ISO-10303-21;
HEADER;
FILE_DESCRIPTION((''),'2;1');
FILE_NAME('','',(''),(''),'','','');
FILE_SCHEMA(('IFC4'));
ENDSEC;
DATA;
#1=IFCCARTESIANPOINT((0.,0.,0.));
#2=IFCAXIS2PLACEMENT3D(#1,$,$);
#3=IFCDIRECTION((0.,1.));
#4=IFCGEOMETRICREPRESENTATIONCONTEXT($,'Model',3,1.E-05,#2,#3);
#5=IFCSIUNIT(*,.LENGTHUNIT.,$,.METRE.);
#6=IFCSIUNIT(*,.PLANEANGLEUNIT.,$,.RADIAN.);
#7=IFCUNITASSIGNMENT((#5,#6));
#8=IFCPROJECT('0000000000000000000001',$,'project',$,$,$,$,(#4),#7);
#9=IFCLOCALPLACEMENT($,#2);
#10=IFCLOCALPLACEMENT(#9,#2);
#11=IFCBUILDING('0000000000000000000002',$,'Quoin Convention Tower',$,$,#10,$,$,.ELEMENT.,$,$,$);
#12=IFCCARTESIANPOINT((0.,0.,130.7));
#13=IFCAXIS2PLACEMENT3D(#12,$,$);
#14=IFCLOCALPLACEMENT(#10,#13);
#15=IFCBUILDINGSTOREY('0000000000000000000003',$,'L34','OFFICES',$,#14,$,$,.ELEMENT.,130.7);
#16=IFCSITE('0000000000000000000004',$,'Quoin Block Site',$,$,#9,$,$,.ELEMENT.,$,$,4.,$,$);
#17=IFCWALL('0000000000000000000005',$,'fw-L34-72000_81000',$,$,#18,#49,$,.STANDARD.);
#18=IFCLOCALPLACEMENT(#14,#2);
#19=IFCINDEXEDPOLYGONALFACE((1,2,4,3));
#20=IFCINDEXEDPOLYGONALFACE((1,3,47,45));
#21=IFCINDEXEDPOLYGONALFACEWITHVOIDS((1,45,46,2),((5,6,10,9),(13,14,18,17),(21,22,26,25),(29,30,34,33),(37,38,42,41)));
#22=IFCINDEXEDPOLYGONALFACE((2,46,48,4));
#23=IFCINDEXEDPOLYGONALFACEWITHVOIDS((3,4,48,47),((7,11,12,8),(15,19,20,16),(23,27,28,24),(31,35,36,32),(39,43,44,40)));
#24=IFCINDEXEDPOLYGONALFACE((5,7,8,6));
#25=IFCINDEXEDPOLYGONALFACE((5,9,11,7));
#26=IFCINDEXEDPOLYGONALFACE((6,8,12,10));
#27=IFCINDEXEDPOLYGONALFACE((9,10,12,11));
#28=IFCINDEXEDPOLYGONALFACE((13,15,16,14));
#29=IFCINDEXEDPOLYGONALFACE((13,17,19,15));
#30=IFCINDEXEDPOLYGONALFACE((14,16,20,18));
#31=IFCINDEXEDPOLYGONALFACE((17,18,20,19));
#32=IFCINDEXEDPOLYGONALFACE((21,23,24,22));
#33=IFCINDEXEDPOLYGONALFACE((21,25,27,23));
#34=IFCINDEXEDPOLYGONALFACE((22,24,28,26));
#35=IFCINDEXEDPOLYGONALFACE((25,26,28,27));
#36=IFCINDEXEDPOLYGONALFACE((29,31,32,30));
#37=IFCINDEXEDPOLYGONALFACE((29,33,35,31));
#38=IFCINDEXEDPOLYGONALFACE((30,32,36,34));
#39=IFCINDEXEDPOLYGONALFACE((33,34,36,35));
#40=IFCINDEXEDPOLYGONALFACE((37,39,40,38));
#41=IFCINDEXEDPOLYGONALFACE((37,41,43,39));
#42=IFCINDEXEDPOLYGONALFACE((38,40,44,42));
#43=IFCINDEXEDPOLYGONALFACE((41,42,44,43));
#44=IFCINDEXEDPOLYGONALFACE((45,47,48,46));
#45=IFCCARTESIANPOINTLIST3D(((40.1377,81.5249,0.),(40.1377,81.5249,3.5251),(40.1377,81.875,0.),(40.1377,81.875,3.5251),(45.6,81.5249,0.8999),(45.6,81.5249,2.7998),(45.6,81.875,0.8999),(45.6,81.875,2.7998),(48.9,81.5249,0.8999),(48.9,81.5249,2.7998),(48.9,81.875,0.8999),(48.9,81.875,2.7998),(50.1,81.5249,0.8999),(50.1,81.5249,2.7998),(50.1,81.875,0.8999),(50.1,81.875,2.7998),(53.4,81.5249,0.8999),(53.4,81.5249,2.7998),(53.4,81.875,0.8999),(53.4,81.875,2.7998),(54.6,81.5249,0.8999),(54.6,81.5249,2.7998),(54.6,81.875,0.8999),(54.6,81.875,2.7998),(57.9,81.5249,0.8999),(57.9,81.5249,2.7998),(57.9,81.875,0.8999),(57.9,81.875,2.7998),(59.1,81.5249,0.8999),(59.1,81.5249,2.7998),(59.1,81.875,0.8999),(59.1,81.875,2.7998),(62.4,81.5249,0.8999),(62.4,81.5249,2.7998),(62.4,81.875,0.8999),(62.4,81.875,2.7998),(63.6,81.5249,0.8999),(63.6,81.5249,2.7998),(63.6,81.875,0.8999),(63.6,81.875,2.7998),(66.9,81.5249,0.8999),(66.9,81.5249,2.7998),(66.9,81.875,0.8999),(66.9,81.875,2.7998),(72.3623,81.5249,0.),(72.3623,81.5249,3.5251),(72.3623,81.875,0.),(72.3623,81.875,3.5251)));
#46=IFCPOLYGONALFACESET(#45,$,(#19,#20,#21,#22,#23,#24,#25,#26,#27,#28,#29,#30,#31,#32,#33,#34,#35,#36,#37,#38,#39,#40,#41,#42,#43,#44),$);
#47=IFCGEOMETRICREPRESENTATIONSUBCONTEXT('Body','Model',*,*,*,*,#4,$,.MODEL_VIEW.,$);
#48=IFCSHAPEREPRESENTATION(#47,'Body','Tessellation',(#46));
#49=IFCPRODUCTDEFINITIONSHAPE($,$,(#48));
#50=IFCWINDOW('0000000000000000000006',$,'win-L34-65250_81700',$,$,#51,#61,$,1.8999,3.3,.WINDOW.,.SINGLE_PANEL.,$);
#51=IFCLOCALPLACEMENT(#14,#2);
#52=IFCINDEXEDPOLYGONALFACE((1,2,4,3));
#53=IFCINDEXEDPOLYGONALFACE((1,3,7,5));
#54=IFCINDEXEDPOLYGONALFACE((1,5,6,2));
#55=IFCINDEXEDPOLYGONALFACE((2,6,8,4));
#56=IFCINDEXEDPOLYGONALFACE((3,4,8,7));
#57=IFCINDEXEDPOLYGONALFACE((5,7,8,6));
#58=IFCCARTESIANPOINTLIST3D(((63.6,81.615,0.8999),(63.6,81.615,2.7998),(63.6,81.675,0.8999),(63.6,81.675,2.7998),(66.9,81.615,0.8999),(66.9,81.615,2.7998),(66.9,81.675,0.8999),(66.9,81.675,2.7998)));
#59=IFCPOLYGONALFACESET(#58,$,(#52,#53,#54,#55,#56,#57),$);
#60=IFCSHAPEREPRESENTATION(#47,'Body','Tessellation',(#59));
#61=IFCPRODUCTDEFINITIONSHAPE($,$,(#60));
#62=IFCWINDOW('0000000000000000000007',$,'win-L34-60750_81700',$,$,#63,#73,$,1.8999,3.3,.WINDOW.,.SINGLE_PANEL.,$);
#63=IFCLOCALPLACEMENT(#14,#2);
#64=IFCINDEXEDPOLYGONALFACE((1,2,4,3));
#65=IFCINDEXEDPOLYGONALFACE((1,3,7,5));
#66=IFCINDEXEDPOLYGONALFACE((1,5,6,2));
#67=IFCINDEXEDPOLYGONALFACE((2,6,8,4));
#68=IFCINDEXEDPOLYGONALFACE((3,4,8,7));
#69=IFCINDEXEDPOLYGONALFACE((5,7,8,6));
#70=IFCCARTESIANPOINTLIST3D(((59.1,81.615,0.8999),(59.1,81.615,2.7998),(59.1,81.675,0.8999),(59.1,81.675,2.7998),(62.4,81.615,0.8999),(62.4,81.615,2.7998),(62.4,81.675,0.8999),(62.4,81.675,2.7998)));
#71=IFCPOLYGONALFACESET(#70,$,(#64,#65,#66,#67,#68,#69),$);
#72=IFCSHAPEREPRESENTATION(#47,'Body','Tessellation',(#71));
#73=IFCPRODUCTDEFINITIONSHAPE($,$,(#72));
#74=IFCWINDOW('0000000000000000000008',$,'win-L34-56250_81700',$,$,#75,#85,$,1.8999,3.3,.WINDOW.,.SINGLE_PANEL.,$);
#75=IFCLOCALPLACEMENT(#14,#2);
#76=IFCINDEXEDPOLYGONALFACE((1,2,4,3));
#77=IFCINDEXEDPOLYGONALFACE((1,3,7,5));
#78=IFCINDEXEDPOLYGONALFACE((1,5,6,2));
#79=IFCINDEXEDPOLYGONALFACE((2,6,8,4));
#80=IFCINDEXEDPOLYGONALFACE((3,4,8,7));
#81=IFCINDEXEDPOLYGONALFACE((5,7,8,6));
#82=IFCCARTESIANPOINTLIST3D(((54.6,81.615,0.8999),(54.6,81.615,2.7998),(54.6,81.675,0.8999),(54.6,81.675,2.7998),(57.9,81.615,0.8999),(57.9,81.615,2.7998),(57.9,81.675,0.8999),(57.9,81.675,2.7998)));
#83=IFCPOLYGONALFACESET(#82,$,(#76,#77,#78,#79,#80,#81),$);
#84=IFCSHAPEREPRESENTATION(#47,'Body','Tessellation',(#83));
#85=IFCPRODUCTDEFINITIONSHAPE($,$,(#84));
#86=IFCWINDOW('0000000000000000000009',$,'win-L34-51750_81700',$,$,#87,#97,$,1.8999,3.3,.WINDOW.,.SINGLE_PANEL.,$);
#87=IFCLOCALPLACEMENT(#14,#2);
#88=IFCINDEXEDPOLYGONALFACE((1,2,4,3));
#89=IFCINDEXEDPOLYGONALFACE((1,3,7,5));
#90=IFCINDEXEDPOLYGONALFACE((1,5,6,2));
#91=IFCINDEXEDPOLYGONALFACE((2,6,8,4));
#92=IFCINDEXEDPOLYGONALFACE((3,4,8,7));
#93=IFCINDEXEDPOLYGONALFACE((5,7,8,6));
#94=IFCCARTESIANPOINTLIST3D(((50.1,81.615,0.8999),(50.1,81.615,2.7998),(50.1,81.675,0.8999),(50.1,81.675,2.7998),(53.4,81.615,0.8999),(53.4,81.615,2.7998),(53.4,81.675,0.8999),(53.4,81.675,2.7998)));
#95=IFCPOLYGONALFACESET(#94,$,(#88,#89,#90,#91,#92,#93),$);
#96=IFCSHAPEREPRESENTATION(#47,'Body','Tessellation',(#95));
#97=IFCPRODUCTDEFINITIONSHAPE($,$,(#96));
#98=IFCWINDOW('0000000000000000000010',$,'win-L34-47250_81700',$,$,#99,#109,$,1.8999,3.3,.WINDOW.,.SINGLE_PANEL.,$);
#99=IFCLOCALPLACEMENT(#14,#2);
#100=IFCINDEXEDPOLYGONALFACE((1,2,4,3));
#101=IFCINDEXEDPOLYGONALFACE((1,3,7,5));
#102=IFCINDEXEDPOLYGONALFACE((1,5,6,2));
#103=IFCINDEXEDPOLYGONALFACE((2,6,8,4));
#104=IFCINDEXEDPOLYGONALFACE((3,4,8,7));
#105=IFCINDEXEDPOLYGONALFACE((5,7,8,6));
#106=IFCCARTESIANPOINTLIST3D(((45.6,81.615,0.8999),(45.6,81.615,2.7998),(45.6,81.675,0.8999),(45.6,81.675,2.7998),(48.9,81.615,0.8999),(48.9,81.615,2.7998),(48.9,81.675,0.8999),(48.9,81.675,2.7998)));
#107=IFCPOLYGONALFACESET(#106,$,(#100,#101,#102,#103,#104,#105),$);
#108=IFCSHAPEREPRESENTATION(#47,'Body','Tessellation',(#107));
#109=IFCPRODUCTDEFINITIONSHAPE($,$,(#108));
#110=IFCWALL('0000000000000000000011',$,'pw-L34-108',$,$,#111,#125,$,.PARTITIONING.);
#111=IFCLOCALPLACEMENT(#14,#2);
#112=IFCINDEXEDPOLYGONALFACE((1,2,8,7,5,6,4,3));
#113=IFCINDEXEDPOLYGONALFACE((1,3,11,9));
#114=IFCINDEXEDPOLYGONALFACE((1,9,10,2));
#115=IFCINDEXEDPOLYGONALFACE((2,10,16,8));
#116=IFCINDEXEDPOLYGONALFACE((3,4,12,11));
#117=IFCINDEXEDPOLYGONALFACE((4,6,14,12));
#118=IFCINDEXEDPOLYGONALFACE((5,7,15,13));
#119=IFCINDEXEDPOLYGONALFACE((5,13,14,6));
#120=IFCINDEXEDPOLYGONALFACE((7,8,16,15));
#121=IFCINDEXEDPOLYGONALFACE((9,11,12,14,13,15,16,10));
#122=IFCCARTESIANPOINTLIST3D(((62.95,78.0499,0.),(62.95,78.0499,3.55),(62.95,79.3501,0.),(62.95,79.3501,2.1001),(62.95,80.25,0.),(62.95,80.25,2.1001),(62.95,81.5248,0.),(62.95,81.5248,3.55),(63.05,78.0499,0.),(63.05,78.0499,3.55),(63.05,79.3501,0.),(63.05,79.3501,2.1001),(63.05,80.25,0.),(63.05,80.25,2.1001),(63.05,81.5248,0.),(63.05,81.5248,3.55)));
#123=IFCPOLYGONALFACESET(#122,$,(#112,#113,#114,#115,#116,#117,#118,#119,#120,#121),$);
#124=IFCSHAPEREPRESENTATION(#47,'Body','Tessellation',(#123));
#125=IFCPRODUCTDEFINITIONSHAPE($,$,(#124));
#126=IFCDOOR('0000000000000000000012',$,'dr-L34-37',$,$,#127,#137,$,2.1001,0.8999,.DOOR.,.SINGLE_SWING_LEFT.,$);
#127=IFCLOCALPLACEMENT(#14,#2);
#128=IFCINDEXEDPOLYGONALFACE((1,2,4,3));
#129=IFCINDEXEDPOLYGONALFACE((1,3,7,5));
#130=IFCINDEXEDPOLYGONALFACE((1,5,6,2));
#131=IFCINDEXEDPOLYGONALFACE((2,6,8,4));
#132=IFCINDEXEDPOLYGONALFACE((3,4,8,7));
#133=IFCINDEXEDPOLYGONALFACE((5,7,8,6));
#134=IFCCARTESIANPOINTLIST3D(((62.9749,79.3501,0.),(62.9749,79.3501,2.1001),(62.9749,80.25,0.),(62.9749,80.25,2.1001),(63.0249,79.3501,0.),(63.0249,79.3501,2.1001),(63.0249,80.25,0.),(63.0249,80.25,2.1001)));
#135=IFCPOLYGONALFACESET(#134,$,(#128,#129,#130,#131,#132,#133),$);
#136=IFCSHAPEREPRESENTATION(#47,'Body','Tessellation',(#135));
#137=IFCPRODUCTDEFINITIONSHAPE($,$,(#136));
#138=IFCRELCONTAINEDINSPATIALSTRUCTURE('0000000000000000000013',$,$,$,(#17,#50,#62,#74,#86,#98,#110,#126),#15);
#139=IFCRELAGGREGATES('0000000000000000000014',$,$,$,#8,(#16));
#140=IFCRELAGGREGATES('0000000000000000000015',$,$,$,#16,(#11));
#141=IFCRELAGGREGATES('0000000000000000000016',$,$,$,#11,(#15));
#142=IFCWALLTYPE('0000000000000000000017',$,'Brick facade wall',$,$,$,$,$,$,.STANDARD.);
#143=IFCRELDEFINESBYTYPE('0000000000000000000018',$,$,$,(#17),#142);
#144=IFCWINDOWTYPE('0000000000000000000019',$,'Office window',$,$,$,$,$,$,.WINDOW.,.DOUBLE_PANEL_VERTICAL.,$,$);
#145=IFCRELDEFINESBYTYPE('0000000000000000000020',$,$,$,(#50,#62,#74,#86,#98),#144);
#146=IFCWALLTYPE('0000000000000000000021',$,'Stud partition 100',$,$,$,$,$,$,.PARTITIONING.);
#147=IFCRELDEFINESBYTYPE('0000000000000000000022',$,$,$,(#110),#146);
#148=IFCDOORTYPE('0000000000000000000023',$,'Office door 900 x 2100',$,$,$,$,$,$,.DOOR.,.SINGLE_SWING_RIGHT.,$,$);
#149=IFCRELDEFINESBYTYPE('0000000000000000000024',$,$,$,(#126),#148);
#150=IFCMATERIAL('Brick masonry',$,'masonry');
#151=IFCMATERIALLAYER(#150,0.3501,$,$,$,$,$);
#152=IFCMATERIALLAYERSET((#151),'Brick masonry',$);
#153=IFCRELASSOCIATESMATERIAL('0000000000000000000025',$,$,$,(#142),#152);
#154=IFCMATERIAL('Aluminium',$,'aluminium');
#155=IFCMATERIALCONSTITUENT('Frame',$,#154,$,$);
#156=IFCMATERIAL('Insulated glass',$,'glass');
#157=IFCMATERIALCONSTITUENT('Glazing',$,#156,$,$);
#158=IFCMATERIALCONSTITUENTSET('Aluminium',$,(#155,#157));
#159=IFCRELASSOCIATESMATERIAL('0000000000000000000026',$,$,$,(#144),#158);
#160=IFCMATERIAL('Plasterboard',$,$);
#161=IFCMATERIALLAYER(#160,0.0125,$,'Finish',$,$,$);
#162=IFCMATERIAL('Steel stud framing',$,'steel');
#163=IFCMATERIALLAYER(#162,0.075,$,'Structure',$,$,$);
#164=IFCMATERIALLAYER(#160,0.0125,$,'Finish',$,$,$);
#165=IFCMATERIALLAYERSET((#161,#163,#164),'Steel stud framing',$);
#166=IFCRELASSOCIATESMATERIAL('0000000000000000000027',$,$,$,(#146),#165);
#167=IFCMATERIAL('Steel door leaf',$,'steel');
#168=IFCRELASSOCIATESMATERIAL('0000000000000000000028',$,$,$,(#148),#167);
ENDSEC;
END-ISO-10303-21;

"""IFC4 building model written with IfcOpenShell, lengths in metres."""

from ifc_helpers import new_model, si_unit, direction, frame, frame_2d, origin, place, context, subcontext, project, spatial, rectangle, extrude, material, layer, layer_set, constituent, constituent_set, type_object, element, fill, save


model = new_model("IFC4")

# Units and contexts
model_context = context("Model", 3, precision=1e-05, world=origin(), true_north=direction((0.0, 1.0)))
body_context = subcontext(model_context, "Body", "Model", "MODEL_VIEW")
ifc_project = project(units=[si_unit("LENGTHUNIT", "METRE"), si_unit("PLANEANGLEUNIT", "RADIAN")], contexts=[model_context])

# Site, building, storey
site_placement = place(None, origin())
site = spatial("IfcSite", under=ifc_project, at=site_placement, Name="Quoin Block Site", CompositionType="ELEMENT", RefElevation=4.0)
building_placement = place(site_placement, origin())
building = spatial("IfcBuilding", under=site, at=building_placement, Name="Quoin Convention Tower", CompositionType="ELEMENT")
storey_placement = place(building_placement, frame((0.0, 0.0, 130.7)))
storey = spatial("IfcBuildingStorey", under=building, at=storey_placement, Name="L34", Description="OFFICES", CompositionType="ELEMENT", Elevation=130.7)

# Shared definitions
ifc_material_1 = material(Name="Brick masonry", Category="masonry")
ifc_layer_1 = layer(ifc_material_1, 0.3501)
ifc_layer_set_1 = layer_set([ifc_layer_1], Name="Brick masonry")
wall_type_1 = type_object("IfcWallType", Name="Brick facade wall", PredefinedType="STANDARD", material=ifc_layer_set_1)
ifc_material_2 = material(Name="Aluminium", Category="aluminium")
ifc_constituent_1 = constituent(ifc_material_2, Name="Frame")
ifc_material_3 = material(Name="Insulated glass", Category="glass")
ifc_constituent_2 = constituent(ifc_material_3, Name="Glazing")
ifc_constituent_set = constituent_set(constituents=[ifc_constituent_1, ifc_constituent_2], Name="Aluminium")
window_type = type_object("IfcWindowType", Name="Office window", PartitioningType="DOUBLE_PANEL_VERTICAL", PredefinedType="WINDOW", material=ifc_constituent_set)

# Wall, openings, windows
wall_1_placement = place(storey_placement, frame((72.3623, 81.7, 0.0), z_axis=(0.0, 0.0, 1.0), x_axis=(-1.0, 0.0, 0.0)))
wall_1 = element("IfcWall", 1, at=wall_1_placement, inside=storey, type_object=wall_type_1, Name="fw-L34-72000_81000", PredefinedType="STANDARD", context=body_context, shape_type="SweptSolid", body=[
    extrude(rectangle(XDim=32.2246, YDim=0.3501, at=frame_2d((16.1123, 0.0))), origin(), (0.0, 0.0, 1.0), 3.5251),
])
opening_1_placement = place(wall_1_placement, frame((5.4624, 0.0, 0.8999)))
opening_1 = element("IfcOpeningElement", 2, at=opening_1_placement, cuts=wall_1, PredefinedType="OPENING", context=body_context, shape_type="SweptSolid", body=[
    extrude(rectangle(XDim=3.3, YDim=1.8999, at=frame_2d((1.6499, 0.95))), frame((0.0, 0.1851, 0.0), z_axis=(0.0, -1.0, 0.0), x_axis=(1.0, 0.0, 0.0)), (0.0, 0.0, 1.0), 0.3701),
])
opening_2_placement = place(wall_1_placement, frame((9.9624, 0.0, 0.8999)))
opening_2 = element("IfcOpeningElement", 3, at=opening_2_placement, cuts=wall_1, PredefinedType="OPENING", context=body_context, shape_type="SweptSolid", body=[
    extrude(rectangle(XDim=3.3, YDim=1.8999, at=frame_2d((1.6499, 0.95))), frame((0.0, 0.1851, 0.0), z_axis=(0.0, -1.0, 0.0), x_axis=(1.0, 0.0, 0.0)), (0.0, 0.0, 1.0), 0.3701),
])
opening_3_placement = place(wall_1_placement, frame((14.4624, 0.0, 0.8999)))
opening_3 = element("IfcOpeningElement", 4, at=opening_3_placement, cuts=wall_1, PredefinedType="OPENING", context=body_context, shape_type="SweptSolid", body=[
    extrude(rectangle(XDim=3.3, YDim=1.8999, at=frame_2d((1.6499, 0.95))), frame((0.0, 0.1851, 0.0), z_axis=(0.0, -1.0, 0.0), x_axis=(1.0, 0.0, 0.0)), (0.0, 0.0, 1.0), 0.3701),
])
opening_4_placement = place(wall_1_placement, frame((18.9624, 0.0, 0.8999)))
opening_4 = element("IfcOpeningElement", 5, at=opening_4_placement, cuts=wall_1, PredefinedType="OPENING", context=body_context, shape_type="SweptSolid", body=[
    extrude(rectangle(XDim=3.3, YDim=1.8999, at=frame_2d((1.6499, 0.95))), frame((0.0, 0.1851, 0.0), z_axis=(0.0, -1.0, 0.0), x_axis=(1.0, 0.0, 0.0)), (0.0, 0.0, 1.0), 0.3701),
])
opening_5_placement = place(wall_1_placement, frame((23.4624, 0.0, 0.8999)))
opening_5 = element("IfcOpeningElement", 6, at=opening_5_placement, cuts=wall_1, PredefinedType="OPENING", context=body_context, shape_type="SweptSolid", body=[
    extrude(rectangle(XDim=3.3, YDim=1.8999, at=frame_2d((1.6499, 0.95))), frame((0.0, 0.1851, 0.0), z_axis=(0.0, -1.0, 0.0), x_axis=(1.0, 0.0, 0.0)), (0.0, 0.0, 1.0), 0.3701),
])
window_1_placement = place(opening_1_placement, origin())
window_1 = element("IfcWindow", 7, at=window_1_placement, inside=storey, type_object=window_type, Name="win-L34-65250_81700", OverallHeight=1.8999, OverallWidth=3.3, PartitioningType="SINGLE_PANEL", PredefinedType="WINDOW", context=body_context, shape_type="SweptSolid", body=[
    extrude(rectangle(XDim=3.3, YDim=1.8999, at=frame_2d((1.6499, 0.95))), frame((0.0, 0.085, 0.0), z_axis=(0.0, -1.0, 0.0), x_axis=(1.0, 0.0, 0.0)), (0.0, 0.0, 1.0), 0.0601),
])
fill(opening_1, window_1)
window_2_placement = place(opening_2_placement, origin())
window_2 = element("IfcWindow", 8, at=window_2_placement, inside=storey, type_object=window_type, Name="win-L34-60750_81700", OverallHeight=1.8999, OverallWidth=3.3, PartitioningType="SINGLE_PANEL", PredefinedType="WINDOW", context=body_context, shape_type="SweptSolid", body=[
    extrude(rectangle(XDim=3.3, YDim=1.8999, at=frame_2d((1.6499, 0.95))), frame((0.0, 0.085, 0.0), z_axis=(0.0, -1.0, 0.0), x_axis=(1.0, 0.0, 0.0)), (0.0, 0.0, 1.0), 0.0601),
])
fill(opening_2, window_2)
window_3_placement = place(opening_3_placement, origin())
window_3 = element("IfcWindow", 9, at=window_3_placement, inside=storey, type_object=window_type, Name="win-L34-56250_81700", OverallHeight=1.8999, OverallWidth=3.3, PartitioningType="SINGLE_PANEL", PredefinedType="WINDOW", context=body_context, shape_type="SweptSolid", body=[
    extrude(rectangle(XDim=3.3, YDim=1.8999, at=frame_2d((1.6499, 0.95))), frame((0.0, 0.085, 0.0), z_axis=(0.0, -1.0, 0.0), x_axis=(1.0, 0.0, 0.0)), (0.0, 0.0, 1.0), 0.0601),
])
fill(opening_3, window_3)
window_4_placement = place(opening_4_placement, origin())
window_4 = element("IfcWindow", 10, at=window_4_placement, inside=storey, type_object=window_type, Name="win-L34-51750_81700", OverallHeight=1.8999, OverallWidth=3.3, PartitioningType="SINGLE_PANEL", PredefinedType="WINDOW", context=body_context, shape_type="SweptSolid", body=[
    extrude(rectangle(XDim=3.3, YDim=1.8999, at=frame_2d((1.6499, 0.95))), frame((0.0, 0.085, 0.0), z_axis=(0.0, -1.0, 0.0), x_axis=(1.0, 0.0, 0.0)), (0.0, 0.0, 1.0), 0.0601),
])
fill(opening_4, window_4)
window_5_placement = place(opening_5_placement, origin())
window_5 = element("IfcWindow", 11, at=window_5_placement, inside=storey, type_object=window_type, Name="win-L34-47250_81700", OverallHeight=1.8999, OverallWidth=3.3, PartitioningType="SINGLE_PANEL", PredefinedType="WINDOW", context=body_context, shape_type="SweptSolid", body=[
    extrude(rectangle(XDim=3.3, YDim=1.8999, at=frame_2d((1.6499, 0.95))), frame((0.0, 0.085, 0.0), z_axis=(0.0, -1.0, 0.0), x_axis=(1.0, 0.0, 0.0)), (0.0, 0.0, 1.0), 0.0601),
])
fill(opening_5, window_5)

# Wall, opening, door
ifc_material_4 = material(Name="Plasterboard")
ifc_layer_2 = layer(ifc_material_4, 0.0125, Name="Finish")
ifc_material_5 = material(Name="Steel stud framing", Category="steel")
ifc_layer_3 = layer(ifc_material_5, 0.075, Name="Structure")
ifc_layer_4 = layer(ifc_material_4, 0.0125, Name="Finish")
ifc_layer_set_2 = layer_set([ifc_layer_2, ifc_layer_3, ifc_layer_4], Name="Steel stud framing")
wall_type_2 = type_object("IfcWallType", Name="Stud partition 100", PredefinedType="PARTITIONING", material=ifc_layer_set_2)
wall_2_placement = place(storey_placement, frame((63.0, 78.05, 0.0), z_axis=(0.0, 0.0, 1.0), x_axis=(0.0, 1.0, 0.0)))
wall_2 = element("IfcWall", 12, at=wall_2_placement, inside=storey, type_object=wall_type_2, Name="pw-L34-108", PredefinedType="PARTITIONING", context=body_context, shape_type="SweptSolid", body=[
    extrude(rectangle(XDim=3.4749, YDim=0.1001, at=frame_2d((1.7373, 0.0))), origin(), (0.0, 0.0, 1.0), 3.55),
])
opening_6_placement = place(wall_2_placement, frame((1.3, 0.0, 0.0)))
opening_6 = element("IfcOpeningElement", 13, at=opening_6_placement, cuts=wall_2, PredefinedType="OPENING", context=body_context, shape_type="SweptSolid", body=[
    extrude(rectangle(XDim=0.8999, YDim=2.1001, at=frame_2d((0.45, 1.05))), frame((0.0, 0.0601, 0.0), z_axis=(0.0, -1.0, 0.0), x_axis=(1.0, 0.0, 0.0)), (0.0, 0.0, 1.0), 0.1201),
])
ifc_material_6 = material(Name="Steel door leaf", Category="steel")
door_type = type_object("IfcDoorType", Name="Office door 900 x 2100", OperationType="SINGLE_SWING_RIGHT", PredefinedType="DOOR", material=ifc_material_6)
door_placement = place(opening_6_placement, frame((0.8999, 0.0, 0.0), z_axis=(0.0, 0.0, 1.0), x_axis=(-1.0, 0.0, 0.0)))
door = element("IfcDoor", 14, at=door_placement, inside=storey, type_object=door_type, Name="dr-L34-37", OperationType="SINGLE_SWING_LEFT", OverallHeight=2.1001, OverallWidth=0.8999, PredefinedType="DOOR", context=body_context, shape_type="SweptSolid", body=[
    extrude(rectangle(XDim=0.8999, YDim=2.1001, at=frame_2d((0.45, 1.05))), frame((0.0, 0.0249, 0.0), z_axis=(0.0, -1.0, 0.0), x_axis=(1.0, 0.0, 0.0)), (0.0, 0.0, 1.0), 0.05),
])
fill(opening_6, door)

save(model, "model.ifc")
